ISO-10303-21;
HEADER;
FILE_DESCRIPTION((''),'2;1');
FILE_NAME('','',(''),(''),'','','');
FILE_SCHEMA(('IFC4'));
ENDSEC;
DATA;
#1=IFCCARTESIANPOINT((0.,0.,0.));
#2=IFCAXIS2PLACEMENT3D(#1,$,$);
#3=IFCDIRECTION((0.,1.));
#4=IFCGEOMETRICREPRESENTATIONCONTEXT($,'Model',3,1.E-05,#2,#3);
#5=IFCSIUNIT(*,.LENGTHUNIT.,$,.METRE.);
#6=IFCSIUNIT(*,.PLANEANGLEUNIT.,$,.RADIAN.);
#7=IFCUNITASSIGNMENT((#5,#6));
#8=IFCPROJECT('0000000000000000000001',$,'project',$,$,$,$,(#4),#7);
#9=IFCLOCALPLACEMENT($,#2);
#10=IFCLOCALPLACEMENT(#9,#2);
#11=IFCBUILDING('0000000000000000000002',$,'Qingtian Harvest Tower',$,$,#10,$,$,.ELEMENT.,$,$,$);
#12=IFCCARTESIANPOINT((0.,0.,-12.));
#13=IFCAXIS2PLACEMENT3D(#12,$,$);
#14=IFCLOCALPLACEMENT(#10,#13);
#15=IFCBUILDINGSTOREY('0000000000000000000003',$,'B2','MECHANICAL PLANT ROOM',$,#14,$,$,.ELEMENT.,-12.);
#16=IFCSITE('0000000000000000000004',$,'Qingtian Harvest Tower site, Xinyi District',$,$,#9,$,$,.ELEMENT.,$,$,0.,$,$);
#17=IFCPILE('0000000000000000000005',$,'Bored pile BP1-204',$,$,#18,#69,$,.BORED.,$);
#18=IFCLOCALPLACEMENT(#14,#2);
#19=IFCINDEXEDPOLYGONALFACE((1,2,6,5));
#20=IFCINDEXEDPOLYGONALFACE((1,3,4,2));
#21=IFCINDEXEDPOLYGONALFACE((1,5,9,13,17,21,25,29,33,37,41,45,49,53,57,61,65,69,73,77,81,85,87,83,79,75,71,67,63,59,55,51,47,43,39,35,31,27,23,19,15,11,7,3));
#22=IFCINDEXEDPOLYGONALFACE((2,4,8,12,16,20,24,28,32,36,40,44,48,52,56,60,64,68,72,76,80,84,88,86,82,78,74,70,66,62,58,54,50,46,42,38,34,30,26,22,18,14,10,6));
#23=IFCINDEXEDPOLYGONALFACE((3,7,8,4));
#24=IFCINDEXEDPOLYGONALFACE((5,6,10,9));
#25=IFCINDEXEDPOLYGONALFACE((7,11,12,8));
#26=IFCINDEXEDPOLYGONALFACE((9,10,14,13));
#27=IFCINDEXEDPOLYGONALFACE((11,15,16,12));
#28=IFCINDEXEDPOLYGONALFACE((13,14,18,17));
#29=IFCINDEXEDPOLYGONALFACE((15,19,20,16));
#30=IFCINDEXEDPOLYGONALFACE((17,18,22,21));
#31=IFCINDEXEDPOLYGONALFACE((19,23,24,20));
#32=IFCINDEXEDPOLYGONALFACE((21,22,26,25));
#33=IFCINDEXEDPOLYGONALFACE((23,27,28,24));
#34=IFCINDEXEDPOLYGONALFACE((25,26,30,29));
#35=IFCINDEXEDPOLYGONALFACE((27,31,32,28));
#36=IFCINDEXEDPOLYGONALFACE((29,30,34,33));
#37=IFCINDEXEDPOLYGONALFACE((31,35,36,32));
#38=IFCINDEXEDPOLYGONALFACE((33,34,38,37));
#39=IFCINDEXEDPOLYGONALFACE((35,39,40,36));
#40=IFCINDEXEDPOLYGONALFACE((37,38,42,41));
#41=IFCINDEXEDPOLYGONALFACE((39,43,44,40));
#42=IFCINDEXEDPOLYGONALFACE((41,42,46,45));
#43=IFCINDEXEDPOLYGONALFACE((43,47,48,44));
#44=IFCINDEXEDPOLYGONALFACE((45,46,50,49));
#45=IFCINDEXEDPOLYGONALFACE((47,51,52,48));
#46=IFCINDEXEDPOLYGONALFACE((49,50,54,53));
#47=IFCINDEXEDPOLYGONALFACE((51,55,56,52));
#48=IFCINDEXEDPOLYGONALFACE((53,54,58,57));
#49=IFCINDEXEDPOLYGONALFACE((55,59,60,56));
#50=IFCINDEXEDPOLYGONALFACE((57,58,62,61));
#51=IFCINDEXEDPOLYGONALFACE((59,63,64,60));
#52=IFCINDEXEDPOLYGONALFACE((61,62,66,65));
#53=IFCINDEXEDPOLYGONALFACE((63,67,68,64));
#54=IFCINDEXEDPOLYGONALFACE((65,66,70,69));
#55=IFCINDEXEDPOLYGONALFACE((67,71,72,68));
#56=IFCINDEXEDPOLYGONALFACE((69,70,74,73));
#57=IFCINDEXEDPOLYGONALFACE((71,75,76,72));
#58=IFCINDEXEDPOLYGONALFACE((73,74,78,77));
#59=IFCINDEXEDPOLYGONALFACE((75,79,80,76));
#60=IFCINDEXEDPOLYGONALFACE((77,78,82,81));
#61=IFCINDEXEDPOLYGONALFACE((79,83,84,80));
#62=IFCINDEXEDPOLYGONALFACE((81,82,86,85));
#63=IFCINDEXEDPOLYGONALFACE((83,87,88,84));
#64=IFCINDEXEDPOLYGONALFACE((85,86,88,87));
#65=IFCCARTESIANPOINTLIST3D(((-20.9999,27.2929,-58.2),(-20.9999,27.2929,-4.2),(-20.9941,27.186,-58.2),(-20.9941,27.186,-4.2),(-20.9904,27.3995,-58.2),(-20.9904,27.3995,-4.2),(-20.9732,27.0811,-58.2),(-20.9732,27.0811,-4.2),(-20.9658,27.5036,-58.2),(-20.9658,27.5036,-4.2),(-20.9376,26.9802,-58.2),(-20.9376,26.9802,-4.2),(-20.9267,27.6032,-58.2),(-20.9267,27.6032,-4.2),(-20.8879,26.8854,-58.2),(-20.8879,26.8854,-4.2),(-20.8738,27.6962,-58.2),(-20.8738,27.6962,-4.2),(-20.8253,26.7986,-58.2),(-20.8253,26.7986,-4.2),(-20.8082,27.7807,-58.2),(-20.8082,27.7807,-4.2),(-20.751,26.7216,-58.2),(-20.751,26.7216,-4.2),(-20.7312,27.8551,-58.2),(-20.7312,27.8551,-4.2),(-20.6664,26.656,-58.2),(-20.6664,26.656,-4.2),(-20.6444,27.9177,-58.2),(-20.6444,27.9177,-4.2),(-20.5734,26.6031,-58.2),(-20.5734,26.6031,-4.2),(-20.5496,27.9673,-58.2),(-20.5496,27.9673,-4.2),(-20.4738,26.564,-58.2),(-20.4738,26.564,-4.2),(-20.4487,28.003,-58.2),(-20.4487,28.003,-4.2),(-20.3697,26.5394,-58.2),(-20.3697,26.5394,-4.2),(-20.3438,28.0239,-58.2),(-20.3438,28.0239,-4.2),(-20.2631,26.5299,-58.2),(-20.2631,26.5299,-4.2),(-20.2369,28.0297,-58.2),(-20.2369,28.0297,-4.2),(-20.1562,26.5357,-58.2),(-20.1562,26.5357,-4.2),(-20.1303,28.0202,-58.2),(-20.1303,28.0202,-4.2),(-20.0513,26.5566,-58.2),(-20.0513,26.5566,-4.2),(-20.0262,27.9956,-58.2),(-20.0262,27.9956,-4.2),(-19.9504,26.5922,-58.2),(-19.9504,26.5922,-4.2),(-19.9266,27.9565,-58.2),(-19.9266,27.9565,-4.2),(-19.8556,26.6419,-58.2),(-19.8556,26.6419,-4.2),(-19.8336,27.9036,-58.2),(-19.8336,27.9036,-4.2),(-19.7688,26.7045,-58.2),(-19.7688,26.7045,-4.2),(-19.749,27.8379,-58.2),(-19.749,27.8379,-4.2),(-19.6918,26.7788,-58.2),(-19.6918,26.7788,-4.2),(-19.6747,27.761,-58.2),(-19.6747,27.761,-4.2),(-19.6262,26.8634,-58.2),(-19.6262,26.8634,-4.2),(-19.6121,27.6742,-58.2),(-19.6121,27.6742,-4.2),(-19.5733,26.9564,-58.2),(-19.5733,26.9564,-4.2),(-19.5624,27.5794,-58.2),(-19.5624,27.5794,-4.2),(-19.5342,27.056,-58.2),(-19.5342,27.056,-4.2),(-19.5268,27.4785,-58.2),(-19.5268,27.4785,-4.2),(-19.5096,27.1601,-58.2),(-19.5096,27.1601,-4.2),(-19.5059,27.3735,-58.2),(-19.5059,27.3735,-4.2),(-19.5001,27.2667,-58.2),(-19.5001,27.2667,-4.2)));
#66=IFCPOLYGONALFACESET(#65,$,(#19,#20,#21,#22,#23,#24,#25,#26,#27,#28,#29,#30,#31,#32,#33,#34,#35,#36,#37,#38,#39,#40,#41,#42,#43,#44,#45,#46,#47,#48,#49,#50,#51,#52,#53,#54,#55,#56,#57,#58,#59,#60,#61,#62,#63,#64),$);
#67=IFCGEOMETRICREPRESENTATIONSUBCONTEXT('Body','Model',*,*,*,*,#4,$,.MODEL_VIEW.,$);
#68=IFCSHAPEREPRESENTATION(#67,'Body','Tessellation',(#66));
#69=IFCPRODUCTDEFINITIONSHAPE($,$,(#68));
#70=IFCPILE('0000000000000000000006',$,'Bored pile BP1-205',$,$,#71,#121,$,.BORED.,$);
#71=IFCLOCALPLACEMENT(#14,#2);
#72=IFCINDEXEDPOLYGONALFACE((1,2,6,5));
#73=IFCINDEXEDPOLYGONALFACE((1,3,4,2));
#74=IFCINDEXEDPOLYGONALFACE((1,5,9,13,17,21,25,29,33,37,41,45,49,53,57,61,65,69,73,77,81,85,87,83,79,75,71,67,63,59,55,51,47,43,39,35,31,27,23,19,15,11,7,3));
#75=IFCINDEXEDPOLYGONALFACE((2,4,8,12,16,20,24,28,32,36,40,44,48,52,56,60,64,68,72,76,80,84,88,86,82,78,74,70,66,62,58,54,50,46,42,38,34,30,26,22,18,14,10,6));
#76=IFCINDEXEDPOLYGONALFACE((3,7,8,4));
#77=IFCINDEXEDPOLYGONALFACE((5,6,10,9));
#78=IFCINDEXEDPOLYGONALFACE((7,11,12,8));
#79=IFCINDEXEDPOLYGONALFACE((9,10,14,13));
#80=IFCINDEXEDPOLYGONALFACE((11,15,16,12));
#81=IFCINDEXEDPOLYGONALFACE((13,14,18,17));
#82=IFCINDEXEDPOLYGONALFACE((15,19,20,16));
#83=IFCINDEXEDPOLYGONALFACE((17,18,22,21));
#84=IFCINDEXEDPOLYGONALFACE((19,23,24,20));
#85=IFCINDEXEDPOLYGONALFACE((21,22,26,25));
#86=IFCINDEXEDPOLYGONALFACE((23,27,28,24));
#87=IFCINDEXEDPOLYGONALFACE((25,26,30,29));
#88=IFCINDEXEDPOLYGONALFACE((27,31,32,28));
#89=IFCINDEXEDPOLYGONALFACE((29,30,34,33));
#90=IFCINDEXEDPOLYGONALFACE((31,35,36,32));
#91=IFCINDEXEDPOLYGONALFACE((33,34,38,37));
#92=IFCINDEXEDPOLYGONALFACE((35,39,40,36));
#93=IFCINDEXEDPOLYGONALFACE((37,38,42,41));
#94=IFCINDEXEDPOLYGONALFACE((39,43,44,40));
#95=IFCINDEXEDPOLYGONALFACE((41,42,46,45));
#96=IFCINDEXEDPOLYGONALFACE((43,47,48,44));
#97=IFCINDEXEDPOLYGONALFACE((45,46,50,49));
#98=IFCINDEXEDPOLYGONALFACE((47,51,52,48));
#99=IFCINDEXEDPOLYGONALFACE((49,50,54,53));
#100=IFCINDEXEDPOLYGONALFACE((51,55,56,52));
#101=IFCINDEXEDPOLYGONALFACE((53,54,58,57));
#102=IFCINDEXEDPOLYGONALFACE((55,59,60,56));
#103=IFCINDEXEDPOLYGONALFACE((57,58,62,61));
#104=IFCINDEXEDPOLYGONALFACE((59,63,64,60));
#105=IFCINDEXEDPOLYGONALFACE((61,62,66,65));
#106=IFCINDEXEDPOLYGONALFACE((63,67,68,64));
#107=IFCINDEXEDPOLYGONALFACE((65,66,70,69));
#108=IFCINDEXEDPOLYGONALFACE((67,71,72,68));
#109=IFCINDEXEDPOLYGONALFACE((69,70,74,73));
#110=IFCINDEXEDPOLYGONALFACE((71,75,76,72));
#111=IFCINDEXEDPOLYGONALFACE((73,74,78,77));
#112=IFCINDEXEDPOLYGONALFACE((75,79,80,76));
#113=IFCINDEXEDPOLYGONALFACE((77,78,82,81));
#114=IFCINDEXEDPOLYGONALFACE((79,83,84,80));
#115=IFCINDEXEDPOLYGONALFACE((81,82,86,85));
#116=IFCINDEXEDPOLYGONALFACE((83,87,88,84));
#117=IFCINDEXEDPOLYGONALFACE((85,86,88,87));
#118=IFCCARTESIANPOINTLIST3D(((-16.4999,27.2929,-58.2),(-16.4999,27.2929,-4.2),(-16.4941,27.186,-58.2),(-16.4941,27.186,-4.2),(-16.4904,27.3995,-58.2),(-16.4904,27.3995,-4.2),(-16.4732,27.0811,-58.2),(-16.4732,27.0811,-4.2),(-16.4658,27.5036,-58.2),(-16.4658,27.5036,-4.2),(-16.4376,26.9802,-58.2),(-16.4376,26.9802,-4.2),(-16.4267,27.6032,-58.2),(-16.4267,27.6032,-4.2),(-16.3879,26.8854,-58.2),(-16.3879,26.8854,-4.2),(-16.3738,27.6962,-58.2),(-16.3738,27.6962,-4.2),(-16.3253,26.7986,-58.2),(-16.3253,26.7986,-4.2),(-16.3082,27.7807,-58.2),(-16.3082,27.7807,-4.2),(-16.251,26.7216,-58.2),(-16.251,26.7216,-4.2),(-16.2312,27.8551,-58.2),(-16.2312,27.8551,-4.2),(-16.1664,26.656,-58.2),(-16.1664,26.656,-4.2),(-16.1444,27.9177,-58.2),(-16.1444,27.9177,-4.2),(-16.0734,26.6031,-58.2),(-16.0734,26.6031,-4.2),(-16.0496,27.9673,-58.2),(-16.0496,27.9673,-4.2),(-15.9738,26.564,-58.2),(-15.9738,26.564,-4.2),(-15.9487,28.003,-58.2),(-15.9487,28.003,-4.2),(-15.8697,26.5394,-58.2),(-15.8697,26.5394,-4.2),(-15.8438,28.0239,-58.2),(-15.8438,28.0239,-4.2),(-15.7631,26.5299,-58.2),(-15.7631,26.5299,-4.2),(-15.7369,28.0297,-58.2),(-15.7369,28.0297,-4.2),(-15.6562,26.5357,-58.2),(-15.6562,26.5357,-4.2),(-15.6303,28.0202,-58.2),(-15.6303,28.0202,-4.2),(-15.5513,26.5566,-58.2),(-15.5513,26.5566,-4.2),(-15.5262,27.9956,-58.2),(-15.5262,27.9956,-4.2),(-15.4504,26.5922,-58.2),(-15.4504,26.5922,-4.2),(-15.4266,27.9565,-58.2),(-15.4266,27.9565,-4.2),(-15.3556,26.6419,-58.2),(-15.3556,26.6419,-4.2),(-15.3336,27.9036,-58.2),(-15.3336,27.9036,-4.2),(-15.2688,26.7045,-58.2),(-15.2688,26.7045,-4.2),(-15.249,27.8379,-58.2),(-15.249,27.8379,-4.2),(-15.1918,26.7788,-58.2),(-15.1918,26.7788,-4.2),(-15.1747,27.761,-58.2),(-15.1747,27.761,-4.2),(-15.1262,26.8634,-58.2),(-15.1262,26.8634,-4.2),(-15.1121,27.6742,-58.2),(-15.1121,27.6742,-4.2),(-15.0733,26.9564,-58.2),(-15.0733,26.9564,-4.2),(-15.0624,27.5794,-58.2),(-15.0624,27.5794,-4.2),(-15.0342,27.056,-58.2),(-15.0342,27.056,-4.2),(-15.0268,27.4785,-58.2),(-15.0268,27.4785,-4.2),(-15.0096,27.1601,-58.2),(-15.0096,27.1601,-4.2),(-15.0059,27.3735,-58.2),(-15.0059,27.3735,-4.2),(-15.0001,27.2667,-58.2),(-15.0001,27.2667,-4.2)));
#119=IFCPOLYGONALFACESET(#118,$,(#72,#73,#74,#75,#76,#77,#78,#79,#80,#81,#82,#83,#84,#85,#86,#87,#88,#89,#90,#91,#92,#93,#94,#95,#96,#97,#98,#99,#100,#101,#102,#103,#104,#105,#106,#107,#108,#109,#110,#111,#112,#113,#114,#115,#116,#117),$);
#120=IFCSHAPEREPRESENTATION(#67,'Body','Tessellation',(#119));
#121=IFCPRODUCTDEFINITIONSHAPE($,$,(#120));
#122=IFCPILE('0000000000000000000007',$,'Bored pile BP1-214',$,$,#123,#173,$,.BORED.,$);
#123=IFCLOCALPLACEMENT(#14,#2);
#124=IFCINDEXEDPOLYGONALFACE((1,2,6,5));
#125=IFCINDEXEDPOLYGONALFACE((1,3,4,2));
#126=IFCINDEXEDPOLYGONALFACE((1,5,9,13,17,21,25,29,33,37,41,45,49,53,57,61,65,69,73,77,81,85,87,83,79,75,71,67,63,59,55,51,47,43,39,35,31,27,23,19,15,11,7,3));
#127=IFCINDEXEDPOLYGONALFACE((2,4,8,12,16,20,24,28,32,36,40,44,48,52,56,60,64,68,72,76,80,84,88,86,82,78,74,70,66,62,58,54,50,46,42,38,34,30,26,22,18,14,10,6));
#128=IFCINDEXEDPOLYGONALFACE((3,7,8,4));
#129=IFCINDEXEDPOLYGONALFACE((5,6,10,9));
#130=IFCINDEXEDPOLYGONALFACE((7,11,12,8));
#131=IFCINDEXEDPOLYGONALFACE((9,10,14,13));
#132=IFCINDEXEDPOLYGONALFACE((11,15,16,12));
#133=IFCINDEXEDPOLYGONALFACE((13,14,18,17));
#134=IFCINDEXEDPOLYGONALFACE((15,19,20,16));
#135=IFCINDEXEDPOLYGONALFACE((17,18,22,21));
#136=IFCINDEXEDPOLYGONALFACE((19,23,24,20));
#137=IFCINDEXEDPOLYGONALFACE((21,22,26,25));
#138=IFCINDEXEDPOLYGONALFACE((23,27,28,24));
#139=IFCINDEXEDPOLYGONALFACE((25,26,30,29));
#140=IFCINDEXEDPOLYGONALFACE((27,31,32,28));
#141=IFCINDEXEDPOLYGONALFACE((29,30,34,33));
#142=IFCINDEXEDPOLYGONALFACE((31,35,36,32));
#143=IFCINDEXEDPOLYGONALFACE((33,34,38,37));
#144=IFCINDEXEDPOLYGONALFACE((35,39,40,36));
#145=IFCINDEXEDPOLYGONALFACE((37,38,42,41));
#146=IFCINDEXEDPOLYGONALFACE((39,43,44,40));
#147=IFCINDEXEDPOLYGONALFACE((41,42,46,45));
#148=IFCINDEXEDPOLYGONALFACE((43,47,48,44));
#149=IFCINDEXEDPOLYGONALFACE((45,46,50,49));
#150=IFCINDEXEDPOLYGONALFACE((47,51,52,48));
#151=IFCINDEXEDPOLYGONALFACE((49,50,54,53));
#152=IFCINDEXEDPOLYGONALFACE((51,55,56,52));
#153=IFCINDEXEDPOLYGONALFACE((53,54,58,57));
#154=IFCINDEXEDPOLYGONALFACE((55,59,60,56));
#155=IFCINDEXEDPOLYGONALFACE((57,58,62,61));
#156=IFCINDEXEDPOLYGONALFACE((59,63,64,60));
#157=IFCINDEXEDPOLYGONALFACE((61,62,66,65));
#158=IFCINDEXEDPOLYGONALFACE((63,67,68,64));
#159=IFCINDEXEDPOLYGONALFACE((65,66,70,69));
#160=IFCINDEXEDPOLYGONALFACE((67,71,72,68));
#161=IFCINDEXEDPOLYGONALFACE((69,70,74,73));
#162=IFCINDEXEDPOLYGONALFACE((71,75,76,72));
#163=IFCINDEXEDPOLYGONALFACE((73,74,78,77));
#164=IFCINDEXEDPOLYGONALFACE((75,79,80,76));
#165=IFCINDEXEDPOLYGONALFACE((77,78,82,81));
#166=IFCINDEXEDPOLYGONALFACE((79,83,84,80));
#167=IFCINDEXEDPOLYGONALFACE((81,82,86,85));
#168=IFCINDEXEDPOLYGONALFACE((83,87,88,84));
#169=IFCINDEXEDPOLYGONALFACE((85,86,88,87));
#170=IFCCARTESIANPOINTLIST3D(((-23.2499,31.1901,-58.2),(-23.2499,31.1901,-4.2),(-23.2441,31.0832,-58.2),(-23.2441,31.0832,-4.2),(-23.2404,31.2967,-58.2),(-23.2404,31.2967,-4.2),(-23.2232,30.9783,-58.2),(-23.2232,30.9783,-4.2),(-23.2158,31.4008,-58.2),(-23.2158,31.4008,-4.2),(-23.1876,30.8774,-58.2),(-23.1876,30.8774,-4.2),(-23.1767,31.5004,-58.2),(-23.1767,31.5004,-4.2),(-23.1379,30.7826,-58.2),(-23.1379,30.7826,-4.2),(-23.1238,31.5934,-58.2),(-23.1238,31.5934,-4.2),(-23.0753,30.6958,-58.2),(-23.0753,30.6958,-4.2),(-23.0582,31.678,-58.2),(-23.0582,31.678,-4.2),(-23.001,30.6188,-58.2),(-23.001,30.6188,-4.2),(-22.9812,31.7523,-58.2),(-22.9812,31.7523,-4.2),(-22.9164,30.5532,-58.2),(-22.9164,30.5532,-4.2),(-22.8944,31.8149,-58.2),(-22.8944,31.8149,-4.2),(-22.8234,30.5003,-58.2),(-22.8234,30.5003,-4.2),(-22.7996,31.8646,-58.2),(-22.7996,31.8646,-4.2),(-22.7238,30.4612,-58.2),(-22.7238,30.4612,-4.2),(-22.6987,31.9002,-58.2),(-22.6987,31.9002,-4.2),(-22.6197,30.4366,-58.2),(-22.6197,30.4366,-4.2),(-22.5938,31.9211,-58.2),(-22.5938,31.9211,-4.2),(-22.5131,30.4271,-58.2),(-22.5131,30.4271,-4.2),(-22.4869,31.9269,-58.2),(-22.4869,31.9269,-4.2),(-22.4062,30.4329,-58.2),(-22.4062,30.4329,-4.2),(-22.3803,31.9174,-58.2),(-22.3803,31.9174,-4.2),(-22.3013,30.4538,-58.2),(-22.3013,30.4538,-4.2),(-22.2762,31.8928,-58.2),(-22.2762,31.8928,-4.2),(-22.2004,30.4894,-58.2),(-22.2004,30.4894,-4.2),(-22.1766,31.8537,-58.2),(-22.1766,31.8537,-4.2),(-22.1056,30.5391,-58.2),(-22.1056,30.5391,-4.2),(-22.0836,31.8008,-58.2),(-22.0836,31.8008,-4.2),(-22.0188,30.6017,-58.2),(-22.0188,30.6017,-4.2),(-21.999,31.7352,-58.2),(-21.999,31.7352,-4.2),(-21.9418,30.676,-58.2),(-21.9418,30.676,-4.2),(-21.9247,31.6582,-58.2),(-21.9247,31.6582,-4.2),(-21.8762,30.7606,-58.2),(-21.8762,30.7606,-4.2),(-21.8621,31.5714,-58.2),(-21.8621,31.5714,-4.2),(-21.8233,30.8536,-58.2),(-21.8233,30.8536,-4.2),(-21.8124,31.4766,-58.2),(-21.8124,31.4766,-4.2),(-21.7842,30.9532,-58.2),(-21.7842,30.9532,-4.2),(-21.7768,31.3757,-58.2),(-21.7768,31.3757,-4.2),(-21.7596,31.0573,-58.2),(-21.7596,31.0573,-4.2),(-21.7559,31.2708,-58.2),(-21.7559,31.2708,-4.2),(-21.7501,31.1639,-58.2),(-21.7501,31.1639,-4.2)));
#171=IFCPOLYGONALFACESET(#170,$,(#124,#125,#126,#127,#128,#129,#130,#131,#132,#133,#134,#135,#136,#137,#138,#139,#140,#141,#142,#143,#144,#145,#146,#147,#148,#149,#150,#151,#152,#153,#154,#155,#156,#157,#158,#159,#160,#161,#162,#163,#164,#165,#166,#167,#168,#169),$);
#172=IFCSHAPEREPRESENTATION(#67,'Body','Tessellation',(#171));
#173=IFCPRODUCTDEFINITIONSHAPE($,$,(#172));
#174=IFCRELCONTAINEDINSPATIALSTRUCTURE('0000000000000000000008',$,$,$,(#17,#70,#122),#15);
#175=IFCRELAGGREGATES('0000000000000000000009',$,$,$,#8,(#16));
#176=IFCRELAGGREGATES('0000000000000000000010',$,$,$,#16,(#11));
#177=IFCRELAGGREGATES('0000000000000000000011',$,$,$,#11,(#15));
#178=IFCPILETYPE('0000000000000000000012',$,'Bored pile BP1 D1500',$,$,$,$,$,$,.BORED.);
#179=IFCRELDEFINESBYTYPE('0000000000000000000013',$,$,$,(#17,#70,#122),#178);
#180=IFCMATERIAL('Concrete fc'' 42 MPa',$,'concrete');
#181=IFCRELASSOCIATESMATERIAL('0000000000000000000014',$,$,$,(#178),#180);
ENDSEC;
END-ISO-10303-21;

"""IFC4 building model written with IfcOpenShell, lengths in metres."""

from ifc_helpers import new_model, si_unit, direction, frame, frame_2d, origin, place, context, subcontext, project, spatial, circle, extrude, material, material_profile, profile_set, type_object, element, save


model = new_model("IFC4")

# Units and contexts
model_context = context("Model", 3, precision=1e-05, world=origin(), true_north=direction((0.0, 1.0)))
body_context = subcontext(model_context, "Body", "Model", "MODEL_VIEW")
ifc_project = project(units=[si_unit("LENGTHUNIT", "METRE"), si_unit("PLANEANGLEUNIT", "RADIAN")], contexts=[model_context])

# Site, building, storey
site_placement = place(None, origin())
site = spatial("IfcSite", under=ifc_project, at=site_placement, Name="Qingtian Harvest Tower site, Xinyi District", CompositionType="ELEMENT", RefElevation=0.0)
building_placement = place(site_placement, origin())
building = spatial("IfcBuilding", under=site, at=building_placement, Name="Qingtian Harvest Tower", CompositionType="ELEMENT")
storey_placement = place(building_placement, frame((0.0, 0.0, -12.0)))
storey = spatial("IfcBuildingStorey", under=building, at=storey_placement, Name="B2", Description="MECHANICAL PLANT ROOM", CompositionType="ELEMENT", Elevation=-12.0)

# Piles
ifc_material_1 = material(Name="Concrete fc' 42 MPa", Category="concrete")
ifc_material_profile_1 = material_profile(ifc_material_1, circle(Radius=0.75, at=frame_2d((0.0, 0.0), x_axis=(0.999848, 0.017452))), Name="Bored pile BP1 D1500")
ifc_profile_set_1 = profile_set([ifc_material_profile_1], Name="Concrete fc' 42 MPa")
pile_type = type_object("IfcPileType", Name="Bored pile BP1 D1500", PredefinedType="BORED", material=ifc_profile_set_1)
for number, where, z_axis, x_axis, name in (
    (1, (-20.25, 27.2798, -4.2), (0.0, 0.0, -1.0), (1.0, 0.0, 0.0), "Bored pile BP1-204"),
    (2, (-15.75, 27.2798, -4.2), (0.0, 0.0, -1.0), (1.0, 0.0, 0.0), "Bored pile BP1-205"),
    (3, (-22.5, 31.177, -4.2), (0.0, 0.0, -1.0), (1.0, 0.0, 0.0), "Bored pile BP1-214"),
):
    element("IfcPile", number, at=place(storey_placement, frame(where, z_axis=z_axis, x_axis=x_axis)), inside=storey, type_object=pile_type, Name=name, PredefinedType="BORED", context=body_context, shape_type="SweptSolid", body=[
        extrude(circle(Radius=0.75, at=frame_2d((0.0, 0.0), x_axis=(0.999848, 0.017452))), origin(), (0.0, 0.0, 1.0), 54.0),
    ])

save(model, "model.ifc")
